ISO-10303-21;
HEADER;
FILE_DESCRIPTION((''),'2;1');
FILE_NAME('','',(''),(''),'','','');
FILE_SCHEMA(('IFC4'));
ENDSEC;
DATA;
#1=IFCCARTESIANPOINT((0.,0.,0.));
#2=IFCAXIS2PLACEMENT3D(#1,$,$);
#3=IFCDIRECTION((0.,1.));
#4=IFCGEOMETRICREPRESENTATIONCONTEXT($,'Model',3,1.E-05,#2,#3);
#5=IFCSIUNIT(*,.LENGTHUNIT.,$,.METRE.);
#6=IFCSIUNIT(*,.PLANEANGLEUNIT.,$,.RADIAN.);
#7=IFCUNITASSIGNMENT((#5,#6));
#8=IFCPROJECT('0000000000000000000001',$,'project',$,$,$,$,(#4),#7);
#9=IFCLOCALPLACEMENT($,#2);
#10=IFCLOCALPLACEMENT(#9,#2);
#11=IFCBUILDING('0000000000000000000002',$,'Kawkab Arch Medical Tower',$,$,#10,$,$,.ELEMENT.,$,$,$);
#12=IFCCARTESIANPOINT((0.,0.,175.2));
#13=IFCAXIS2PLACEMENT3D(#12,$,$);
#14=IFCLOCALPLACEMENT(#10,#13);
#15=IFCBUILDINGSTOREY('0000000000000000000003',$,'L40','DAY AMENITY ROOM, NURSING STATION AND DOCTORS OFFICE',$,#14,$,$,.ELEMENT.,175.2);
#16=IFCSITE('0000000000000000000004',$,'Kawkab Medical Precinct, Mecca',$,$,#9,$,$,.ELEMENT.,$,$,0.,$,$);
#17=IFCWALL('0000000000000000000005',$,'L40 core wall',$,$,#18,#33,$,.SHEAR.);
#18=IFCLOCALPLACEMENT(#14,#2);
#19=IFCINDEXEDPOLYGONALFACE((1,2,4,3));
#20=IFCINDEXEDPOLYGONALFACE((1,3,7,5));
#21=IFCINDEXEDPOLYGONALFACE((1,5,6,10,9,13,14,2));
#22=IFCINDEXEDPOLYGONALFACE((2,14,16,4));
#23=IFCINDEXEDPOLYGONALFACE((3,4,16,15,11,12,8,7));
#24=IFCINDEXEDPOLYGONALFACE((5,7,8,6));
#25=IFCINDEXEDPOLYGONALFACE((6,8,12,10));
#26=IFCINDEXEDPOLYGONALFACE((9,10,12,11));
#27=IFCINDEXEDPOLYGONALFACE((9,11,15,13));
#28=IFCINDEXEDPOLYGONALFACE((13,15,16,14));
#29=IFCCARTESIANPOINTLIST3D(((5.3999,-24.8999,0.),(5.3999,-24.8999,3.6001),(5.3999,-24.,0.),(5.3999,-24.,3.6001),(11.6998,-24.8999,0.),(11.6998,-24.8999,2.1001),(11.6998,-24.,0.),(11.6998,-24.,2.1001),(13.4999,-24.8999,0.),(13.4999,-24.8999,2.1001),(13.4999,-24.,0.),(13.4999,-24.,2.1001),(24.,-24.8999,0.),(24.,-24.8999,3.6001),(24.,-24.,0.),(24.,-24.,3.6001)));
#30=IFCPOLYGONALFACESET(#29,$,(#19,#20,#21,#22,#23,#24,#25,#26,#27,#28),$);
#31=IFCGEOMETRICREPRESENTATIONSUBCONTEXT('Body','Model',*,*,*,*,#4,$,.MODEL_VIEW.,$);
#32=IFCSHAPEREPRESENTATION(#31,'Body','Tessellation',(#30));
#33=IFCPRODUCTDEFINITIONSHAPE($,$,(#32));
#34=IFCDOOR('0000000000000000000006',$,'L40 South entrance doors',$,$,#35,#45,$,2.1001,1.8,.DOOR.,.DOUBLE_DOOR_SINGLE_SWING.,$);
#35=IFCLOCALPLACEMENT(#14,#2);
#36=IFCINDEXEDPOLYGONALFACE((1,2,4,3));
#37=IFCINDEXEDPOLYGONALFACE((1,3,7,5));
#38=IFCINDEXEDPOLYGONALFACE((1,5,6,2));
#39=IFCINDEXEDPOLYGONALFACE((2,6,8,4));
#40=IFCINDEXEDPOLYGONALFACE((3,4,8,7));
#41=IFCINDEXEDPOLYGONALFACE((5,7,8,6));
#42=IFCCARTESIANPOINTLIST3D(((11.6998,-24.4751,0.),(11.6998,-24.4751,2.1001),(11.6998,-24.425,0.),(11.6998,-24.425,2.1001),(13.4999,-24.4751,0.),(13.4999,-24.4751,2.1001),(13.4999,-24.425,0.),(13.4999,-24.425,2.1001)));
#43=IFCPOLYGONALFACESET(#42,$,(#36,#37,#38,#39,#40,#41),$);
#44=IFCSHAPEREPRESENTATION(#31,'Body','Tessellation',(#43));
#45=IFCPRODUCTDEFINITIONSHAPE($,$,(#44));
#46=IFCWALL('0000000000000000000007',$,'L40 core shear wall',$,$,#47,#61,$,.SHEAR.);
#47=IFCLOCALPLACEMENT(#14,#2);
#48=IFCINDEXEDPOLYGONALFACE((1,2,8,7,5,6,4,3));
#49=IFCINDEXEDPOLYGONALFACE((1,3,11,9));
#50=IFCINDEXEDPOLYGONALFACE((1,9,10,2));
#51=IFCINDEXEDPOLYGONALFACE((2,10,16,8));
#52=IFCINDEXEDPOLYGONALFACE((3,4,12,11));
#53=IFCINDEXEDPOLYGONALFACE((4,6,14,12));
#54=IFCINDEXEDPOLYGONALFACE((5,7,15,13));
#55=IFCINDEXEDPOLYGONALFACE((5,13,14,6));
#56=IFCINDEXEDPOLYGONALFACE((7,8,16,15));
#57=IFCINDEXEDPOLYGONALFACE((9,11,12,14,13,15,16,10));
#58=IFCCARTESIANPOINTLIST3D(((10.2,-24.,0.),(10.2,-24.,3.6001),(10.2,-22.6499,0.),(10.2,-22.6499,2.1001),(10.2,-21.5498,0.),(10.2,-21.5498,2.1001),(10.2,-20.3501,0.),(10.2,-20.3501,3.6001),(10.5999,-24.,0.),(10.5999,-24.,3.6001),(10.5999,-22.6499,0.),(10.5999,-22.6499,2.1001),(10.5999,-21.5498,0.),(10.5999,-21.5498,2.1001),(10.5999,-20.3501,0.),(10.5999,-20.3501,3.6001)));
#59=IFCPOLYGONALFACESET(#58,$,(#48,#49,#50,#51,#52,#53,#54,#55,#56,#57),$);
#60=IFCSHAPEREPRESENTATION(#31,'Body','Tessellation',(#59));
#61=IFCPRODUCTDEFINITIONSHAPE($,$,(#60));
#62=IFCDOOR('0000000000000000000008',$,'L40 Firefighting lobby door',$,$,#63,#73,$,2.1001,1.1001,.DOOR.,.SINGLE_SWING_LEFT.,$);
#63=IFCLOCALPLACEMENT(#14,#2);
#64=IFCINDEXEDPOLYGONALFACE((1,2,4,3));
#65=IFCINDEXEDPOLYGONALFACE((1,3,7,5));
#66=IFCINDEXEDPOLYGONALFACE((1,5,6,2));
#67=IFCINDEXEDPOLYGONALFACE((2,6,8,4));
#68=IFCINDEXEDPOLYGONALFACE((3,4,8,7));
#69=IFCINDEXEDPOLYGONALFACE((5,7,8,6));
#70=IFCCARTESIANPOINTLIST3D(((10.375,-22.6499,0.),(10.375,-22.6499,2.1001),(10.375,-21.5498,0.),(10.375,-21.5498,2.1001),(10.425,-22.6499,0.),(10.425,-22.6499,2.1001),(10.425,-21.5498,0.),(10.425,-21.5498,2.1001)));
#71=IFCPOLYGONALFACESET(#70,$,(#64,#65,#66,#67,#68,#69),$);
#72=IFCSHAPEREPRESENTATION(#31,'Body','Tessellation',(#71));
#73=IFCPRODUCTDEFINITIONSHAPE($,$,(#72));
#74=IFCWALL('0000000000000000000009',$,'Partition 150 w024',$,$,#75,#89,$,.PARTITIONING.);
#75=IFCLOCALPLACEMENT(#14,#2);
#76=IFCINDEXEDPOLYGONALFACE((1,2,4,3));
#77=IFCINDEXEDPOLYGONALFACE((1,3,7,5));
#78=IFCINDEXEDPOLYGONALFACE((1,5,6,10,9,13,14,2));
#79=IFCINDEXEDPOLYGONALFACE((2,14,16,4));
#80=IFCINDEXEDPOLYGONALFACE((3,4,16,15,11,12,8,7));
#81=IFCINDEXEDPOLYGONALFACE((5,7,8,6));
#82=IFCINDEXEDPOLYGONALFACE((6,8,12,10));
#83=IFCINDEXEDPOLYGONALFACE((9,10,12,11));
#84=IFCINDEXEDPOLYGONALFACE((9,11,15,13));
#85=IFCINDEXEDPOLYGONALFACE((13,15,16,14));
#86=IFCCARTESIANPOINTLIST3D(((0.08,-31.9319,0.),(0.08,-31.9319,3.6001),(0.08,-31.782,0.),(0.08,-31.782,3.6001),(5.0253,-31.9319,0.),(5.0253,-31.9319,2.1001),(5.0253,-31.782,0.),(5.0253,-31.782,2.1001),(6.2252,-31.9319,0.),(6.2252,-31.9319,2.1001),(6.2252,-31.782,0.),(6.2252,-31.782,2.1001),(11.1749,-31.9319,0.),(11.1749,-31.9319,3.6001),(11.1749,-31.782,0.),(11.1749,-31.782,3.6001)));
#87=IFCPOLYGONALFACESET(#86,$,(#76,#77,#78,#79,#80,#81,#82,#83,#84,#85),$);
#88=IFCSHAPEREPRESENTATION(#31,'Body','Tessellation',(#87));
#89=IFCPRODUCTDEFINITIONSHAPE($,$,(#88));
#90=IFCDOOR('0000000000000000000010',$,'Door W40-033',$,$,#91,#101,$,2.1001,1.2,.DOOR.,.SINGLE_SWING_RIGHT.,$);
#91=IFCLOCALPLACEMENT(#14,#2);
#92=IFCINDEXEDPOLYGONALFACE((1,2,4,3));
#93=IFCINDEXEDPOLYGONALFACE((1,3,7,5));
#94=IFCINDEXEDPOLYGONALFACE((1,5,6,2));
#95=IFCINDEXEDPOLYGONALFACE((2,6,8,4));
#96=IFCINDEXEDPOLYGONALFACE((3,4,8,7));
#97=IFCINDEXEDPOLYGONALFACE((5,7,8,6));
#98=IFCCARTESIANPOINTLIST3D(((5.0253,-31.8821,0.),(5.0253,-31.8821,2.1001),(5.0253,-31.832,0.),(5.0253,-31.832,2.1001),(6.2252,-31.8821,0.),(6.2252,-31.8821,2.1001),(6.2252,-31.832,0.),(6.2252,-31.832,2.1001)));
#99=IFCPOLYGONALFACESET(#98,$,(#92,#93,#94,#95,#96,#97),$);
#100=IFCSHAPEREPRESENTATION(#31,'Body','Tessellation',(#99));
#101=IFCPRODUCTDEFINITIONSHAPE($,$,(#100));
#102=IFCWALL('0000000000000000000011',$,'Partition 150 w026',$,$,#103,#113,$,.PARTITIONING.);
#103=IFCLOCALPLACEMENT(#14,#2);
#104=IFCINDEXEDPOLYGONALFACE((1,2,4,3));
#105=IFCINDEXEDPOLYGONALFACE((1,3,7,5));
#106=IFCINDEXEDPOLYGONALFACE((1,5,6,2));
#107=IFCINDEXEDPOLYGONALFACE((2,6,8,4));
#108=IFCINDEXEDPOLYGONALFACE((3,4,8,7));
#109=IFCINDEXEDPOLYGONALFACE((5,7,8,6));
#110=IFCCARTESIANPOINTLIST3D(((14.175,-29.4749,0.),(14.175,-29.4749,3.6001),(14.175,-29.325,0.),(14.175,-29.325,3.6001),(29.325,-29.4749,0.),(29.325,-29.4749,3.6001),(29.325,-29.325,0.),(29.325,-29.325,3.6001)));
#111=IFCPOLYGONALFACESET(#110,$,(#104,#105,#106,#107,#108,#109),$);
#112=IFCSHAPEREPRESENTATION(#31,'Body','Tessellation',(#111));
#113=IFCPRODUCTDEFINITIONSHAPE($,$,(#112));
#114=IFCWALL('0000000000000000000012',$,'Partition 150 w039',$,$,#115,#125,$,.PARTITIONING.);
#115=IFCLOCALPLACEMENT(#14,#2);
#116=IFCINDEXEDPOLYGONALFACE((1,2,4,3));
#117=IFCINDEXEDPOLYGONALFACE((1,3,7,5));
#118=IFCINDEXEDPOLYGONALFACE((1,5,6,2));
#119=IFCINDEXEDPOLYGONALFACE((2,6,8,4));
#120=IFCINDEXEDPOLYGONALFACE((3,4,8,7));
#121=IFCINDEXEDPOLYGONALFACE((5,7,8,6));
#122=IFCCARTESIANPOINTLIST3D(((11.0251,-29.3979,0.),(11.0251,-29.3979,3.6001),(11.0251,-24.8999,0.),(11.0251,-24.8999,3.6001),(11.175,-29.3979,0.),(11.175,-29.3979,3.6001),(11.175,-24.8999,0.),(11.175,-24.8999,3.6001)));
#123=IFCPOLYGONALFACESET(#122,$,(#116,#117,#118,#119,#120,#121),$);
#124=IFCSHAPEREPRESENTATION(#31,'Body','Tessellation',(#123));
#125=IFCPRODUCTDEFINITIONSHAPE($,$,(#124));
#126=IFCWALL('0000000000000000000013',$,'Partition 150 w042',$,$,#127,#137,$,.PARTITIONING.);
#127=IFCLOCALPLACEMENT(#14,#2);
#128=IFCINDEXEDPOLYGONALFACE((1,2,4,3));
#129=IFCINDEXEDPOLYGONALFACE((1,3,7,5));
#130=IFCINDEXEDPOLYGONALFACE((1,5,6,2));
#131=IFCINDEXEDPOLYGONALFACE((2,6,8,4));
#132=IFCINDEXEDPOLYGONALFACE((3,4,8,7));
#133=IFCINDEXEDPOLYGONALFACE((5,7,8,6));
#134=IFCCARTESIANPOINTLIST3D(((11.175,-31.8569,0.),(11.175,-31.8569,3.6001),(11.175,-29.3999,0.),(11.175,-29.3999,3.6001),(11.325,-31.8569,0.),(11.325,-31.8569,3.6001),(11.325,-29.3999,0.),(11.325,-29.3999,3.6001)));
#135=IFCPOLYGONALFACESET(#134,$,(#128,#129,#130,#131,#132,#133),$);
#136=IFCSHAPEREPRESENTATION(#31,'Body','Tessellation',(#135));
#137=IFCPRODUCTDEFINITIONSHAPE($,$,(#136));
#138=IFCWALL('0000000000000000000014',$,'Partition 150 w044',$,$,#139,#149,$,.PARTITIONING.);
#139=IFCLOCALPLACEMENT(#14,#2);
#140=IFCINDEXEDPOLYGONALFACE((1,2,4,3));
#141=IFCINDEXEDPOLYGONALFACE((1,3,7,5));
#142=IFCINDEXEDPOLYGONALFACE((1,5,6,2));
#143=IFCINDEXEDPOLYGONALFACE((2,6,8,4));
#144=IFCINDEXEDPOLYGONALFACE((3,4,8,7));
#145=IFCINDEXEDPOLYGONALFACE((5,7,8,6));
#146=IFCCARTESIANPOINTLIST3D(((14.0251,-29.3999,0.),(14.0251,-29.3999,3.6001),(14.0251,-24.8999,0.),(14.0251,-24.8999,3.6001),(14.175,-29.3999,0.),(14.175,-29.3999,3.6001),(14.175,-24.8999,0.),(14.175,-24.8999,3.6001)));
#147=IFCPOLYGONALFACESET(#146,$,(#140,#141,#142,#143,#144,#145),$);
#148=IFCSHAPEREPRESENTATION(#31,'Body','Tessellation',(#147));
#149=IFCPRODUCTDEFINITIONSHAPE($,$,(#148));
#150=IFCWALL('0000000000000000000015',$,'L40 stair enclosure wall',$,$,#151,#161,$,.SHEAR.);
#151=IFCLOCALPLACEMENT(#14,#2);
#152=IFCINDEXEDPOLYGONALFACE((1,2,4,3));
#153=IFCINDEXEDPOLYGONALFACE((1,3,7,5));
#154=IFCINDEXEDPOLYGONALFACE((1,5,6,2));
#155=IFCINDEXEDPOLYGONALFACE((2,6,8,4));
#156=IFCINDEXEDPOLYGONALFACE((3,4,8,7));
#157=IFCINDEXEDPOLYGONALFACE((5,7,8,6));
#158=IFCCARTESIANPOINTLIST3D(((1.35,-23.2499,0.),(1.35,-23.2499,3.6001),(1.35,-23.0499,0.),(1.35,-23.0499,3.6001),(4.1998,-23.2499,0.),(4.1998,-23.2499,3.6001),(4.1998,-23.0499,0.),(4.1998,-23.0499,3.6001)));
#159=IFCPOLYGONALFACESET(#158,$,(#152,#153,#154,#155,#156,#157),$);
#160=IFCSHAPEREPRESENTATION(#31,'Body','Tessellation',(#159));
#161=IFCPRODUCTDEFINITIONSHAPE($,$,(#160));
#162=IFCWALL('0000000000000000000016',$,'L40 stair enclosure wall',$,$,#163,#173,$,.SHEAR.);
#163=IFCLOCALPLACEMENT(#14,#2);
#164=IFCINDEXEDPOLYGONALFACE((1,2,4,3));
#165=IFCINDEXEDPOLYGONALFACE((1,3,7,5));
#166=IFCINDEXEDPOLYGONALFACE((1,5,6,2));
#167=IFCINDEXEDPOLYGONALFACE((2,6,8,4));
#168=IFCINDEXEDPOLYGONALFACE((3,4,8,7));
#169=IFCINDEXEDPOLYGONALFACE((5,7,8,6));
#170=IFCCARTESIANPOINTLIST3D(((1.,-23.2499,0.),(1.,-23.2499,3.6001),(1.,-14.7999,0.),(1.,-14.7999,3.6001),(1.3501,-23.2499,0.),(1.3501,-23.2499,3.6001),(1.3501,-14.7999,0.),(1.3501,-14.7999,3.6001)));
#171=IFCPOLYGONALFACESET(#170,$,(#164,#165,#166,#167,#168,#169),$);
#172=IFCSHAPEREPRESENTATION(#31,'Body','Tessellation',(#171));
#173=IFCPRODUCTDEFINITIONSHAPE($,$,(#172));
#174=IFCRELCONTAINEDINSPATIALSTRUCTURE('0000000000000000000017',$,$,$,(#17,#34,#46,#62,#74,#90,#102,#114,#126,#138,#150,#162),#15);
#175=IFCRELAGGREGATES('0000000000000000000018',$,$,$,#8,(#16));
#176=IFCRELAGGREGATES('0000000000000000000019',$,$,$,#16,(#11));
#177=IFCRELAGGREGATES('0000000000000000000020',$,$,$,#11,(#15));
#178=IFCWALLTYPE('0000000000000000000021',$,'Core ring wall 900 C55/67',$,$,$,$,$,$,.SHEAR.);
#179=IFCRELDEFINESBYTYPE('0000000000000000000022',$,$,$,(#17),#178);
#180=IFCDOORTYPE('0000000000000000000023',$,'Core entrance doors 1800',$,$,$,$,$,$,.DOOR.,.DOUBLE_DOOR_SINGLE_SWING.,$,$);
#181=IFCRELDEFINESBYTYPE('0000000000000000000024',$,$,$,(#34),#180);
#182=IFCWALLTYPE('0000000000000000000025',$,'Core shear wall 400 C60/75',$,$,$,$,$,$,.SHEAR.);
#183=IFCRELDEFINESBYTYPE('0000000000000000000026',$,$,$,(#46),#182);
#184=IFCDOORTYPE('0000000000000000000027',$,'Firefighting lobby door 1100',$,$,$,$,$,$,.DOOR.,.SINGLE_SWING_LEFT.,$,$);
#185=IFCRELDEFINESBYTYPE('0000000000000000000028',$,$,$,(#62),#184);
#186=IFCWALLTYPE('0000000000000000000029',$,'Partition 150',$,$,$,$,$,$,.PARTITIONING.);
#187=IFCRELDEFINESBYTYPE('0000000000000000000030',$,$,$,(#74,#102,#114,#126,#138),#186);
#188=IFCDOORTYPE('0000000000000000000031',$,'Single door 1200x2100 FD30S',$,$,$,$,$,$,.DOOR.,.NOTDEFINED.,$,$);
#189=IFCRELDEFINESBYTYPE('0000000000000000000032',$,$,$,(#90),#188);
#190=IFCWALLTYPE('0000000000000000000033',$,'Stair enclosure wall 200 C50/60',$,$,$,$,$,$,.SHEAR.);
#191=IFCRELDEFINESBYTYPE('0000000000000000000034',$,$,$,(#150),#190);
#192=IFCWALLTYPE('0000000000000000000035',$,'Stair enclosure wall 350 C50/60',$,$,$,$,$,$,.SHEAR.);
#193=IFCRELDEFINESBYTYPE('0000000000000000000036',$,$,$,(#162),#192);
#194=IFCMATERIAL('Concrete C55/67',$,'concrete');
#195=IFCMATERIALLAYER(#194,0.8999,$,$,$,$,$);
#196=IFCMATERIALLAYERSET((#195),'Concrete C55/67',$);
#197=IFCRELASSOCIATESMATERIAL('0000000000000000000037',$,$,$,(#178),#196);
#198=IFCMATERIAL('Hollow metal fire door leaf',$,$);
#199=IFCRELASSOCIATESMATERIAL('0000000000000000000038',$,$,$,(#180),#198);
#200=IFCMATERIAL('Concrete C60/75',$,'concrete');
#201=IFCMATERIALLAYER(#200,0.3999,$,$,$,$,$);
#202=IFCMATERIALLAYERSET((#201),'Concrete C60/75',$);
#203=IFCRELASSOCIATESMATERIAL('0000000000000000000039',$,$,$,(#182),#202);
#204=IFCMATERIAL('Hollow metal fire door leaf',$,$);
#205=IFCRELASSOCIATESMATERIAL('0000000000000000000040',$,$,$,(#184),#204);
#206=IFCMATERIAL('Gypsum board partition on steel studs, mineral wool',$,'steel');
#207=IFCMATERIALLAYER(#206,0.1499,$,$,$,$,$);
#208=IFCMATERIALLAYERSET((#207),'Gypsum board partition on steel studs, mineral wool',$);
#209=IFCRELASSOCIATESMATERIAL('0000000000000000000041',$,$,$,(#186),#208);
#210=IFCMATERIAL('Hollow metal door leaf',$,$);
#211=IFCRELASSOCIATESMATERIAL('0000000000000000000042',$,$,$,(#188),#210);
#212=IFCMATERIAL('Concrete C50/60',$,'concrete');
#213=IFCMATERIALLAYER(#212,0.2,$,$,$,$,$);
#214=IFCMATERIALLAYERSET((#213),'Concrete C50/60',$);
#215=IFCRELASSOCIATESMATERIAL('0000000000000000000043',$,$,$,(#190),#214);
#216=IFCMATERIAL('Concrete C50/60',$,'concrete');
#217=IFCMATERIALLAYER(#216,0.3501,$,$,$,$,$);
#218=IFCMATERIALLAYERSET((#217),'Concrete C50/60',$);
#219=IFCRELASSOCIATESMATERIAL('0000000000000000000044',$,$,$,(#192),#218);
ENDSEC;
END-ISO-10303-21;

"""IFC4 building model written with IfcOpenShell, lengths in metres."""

from ifc_helpers import new_model, si_unit, direction, frame, frame_2d, origin, place, context, subcontext, project, spatial, rectangle, extrude, material, layer, layer_set, type_object, element, fill, save


model = new_model("IFC4")

# Units and contexts
model_context = context("Model", 3, precision=1e-05, world=origin(), true_north=direction((0.0, 1.0)))
body_context = subcontext(model_context, "Body", "Model", "MODEL_VIEW")
ifc_project = project(units=[si_unit("LENGTHUNIT", "METRE"), si_unit("PLANEANGLEUNIT", "RADIAN")], contexts=[model_context])

# Site, building, storey
site_placement = place(None, origin())
site = spatial("IfcSite", under=ifc_project, at=site_placement, Name="Kawkab Medical Precinct, Mecca", CompositionType="ELEMENT", RefElevation=0.0)
building_placement = place(site_placement, origin())
building = spatial("IfcBuilding", under=site, at=building_placement, Name="Kawkab Arch Medical Tower", CompositionType="ELEMENT")
storey_placement = place(building_placement, frame((0.0, 0.0, 175.2)))
storey = spatial("IfcBuildingStorey", under=building, at=storey_placement, Name="L40", Description="DAY AMENITY ROOM, NURSING STATION AND DOCTORS OFFICE", CompositionType="ELEMENT", Elevation=175.2)

# Walls, openings, doors
ifc_material_1 = material(Name="Concrete C55/67", Category="concrete")
ifc_layer_1 = layer(ifc_material_1, 0.8999)
ifc_layer_set_1 = layer_set([ifc_layer_1], Name="Concrete C55/67")
wall_type_1 = type_object("IfcWallType", Name="Core ring wall 900 C55/67", PredefinedType="SHEAR", material=ifc_layer_set_1)
wall_1_placement = place(storey_placement, frame((5.3999, -24.45, 0.0), z_axis=(0.0, 0.0, 1.0), x_axis=(1.0, 0.0, 0.0)))
wall_1 = element("IfcWall", 1, at=wall_1_placement, inside=storey, type_object=wall_type_1, Name="L40 core wall", PredefinedType="SHEAR", context=body_context, shape_type="SweptSolid", body=[
    extrude(rectangle(XDim=18.6001, YDim=0.8999, at=frame_2d((9.3, 0.0))), origin(), (0.0, 0.0, 1.0), 3.6001),
])
opening_1_placement = place(wall_1_placement, frame((6.3, 0.0, 0.0)))
opening_1 = element("IfcOpeningElement", 2, at=opening_1_placement, cuts=wall_1, PredefinedType="OPENING", context=body_context, shape_type="SweptSolid", body=[
    extrude(rectangle(XDim=1.8, YDim=2.1001, at=frame_2d((0.8999, 1.05))), frame((0.0, 0.46, 0.0), z_axis=(0.0, -1.0, 0.0), x_axis=(1.0, 0.0, 0.0)), (0.0, 0.0, 1.0), 0.9199),
])
ifc_material_2 = material(Name="Hollow metal fire door leaf")
door_type_1 = type_object("IfcDoorType", Name="Core entrance doors 1800", OperationType="DOUBLE_DOOR_SINGLE_SWING", PredefinedType="DOOR", material=ifc_material_2)
door_1_placement = place(opening_1_placement, origin())
door_1 = element("IfcDoor", 3, at=door_1_placement, inside=storey, type_object=door_type_1, Name="L40 South entrance doors", OperationType="DOUBLE_DOOR_SINGLE_SWING", OverallHeight=2.1001, OverallWidth=1.8, PredefinedType="DOOR", context=body_context, shape_type="SweptSolid", body=[
    extrude(rectangle(XDim=1.8, YDim=2.1001, at=frame_2d((0.8999, 1.05))), frame((0.0, 0.0249, 0.0), z_axis=(0.0, -1.0, 0.0), x_axis=(1.0, 0.0, 0.0)), (0.0, 0.0, 1.0), 0.05),
])
fill(opening_1, door_1)
ifc_material_3 = material(Name="Concrete C60/75", Category="concrete")
ifc_layer_2 = layer(ifc_material_3, 0.3999)
ifc_layer_set_2 = layer_set([ifc_layer_2], Name="Concrete C60/75")
wall_type_2 = type_object("IfcWallType", Name="Core shear wall 400 C60/75", PredefinedType="SHEAR", material=ifc_layer_set_2)
wall_2_placement = place(storey_placement, frame((10.3999, -24.0, 0.0), z_axis=(0.0, 0.0, 1.0), x_axis=(0.0, 1.0, 0.0)))
wall_2 = element("IfcWall", 4, at=wall_2_placement, inside=storey, type_object=wall_type_2, Name="L40 core shear wall", PredefinedType="SHEAR", context=body_context, shape_type="SweptSolid", body=[
    extrude(rectangle(XDim=3.6499, YDim=0.3999, at=frame_2d((1.825, 0.0))), origin(), (0.0, 0.0, 1.0), 3.6001),
])
opening_2_placement = place(wall_2_placement, frame((1.3501, 0.0, 0.0)))
opening_2 = element("IfcOpeningElement", 5, at=opening_2_placement, cuts=wall_2, PredefinedType="OPENING", context=body_context, shape_type="SweptSolid", body=[
    extrude(rectangle(XDim=1.1001, YDim=2.1001, at=frame_2d((0.55, 1.05))), frame((0.0, 0.21, 0.0), z_axis=(0.0, -1.0, 0.0), x_axis=(1.0, 0.0, 0.0)), (0.0, 0.0, 1.0), 0.4199),
])
ifc_material_4 = material(Name="Hollow metal fire door leaf")
door_type_2 = type_object("IfcDoorType", Name="Firefighting lobby door 1100", OperationType="SINGLE_SWING_LEFT", PredefinedType="DOOR", material=ifc_material_4)
door_2_placement = place(opening_2_placement, origin())
door_2 = element("IfcDoor", 6, at=door_2_placement, inside=storey, type_object=door_type_2, Name="L40 Firefighting lobby door", OperationType="SINGLE_SWING_LEFT", OverallHeight=2.1001, OverallWidth=1.1001, PredefinedType="DOOR", context=body_context, shape_type="SweptSolid", body=[
    extrude(rectangle(XDim=1.1001, YDim=2.1001, at=frame_2d((0.55, 1.05))), frame((0.0, 0.0249, 0.0), z_axis=(0.0, -1.0, 0.0), x_axis=(1.0, 0.0, 0.0)), (0.0, 0.0, 1.0), 0.05),
])
fill(opening_2, door_2)
ifc_material_5 = material(Name="Gypsum board partition on steel studs, mineral wool", Category="steel")
ifc_layer_3 = layer(ifc_material_5, 0.1499)
ifc_layer_set_3 = layer_set([ifc_layer_3], Name="Gypsum board partition on steel studs, mineral wool")
wall_type_3 = type_object("IfcWallType", Name="Partition 150", PredefinedType="PARTITIONING", material=ifc_layer_set_3)
wall_3_placement = place(storey_placement, frame((0.0801, -31.8569, 0.0), z_axis=(0.0, 0.0, 1.0), x_axis=(1.0, 0.0, 0.0)))
wall_3 = element("IfcWall", 7, at=wall_3_placement, inside=storey, type_object=wall_type_3, Name="Partition 150 w024", PredefinedType="PARTITIONING", context=body_context, shape_type="SweptSolid", body=[
    extrude(rectangle(XDim=11.095, YDim=0.1499, at=frame_2d((5.5474, 0.0))), origin(), (0.0, 0.0, 1.0), 3.6001),
])
opening_3_placement = place(wall_3_placement, frame((4.9451, 0.0, 0.0)))
opening_3 = element("IfcOpeningElement", 8, at=opening_3_placement, cuts=wall_3, PredefinedType="OPENING", context=body_context, shape_type="SweptSolid", body=[
    extrude(rectangle(XDim=1.2, YDim=2.1001, at=frame_2d((0.6001, 1.05))), frame((0.0, 0.085, 0.0), z_axis=(0.0, -1.0, 0.0), x_axis=(1.0, 0.0, 0.0)), (0.0, 0.0, 1.0), 0.1699),
])
ifc_material_6 = material(Name="Hollow metal door leaf")
door_type_3 = type_object("IfcDoorType", Name="Single door 1200x2100 FD30S", OperationType="NOTDEFINED", PredefinedType="DOOR", material=ifc_material_6)
door_3_placement = place(opening_3_placement, origin())
door_3 = element("IfcDoor", 9, at=door_3_placement, inside=storey, type_object=door_type_3, Name="Door W40-033", OperationType="SINGLE_SWING_RIGHT", OverallHeight=2.1001, OverallWidth=1.2, PredefinedType="DOOR", context=body_context, shape_type="SweptSolid", body=[
    extrude(rectangle(XDim=1.2, YDim=2.1001, at=frame_2d((0.6001, 1.05))), frame((0.0, 0.0249, 0.0), z_axis=(0.0, -1.0, 0.0), x_axis=(1.0, 0.0, 0.0)), (0.0, 0.0, 1.0), 0.05),
])
fill(opening_3, door_3)

# Walls
wall_4_placement = place(storey_placement, frame((14.175, -29.3999, 0.0), z_axis=(0.0, 0.0, 1.0), x_axis=(1.0, 0.0, 0.0)))
element("IfcWall", 10, at=wall_4_placement, inside=storey, type_object=wall_type_3, Name="Partition 150 w026", PredefinedType="PARTITIONING", context=body_context, shape_type="SweptSolid", body=[
    extrude(rectangle(XDim=15.1499, YDim=0.1499, at=frame_2d((7.575, 0.0))), origin(), (0.0, 0.0, 1.0), 3.6001),
])
wall_5_placement = place(storey_placement, frame((11.1001, -29.3979, 0.0), z_axis=(0.0, 0.0, 1.0), x_axis=(0.0, 1.0, 0.0)))
element("IfcWall", 11, at=wall_5_placement, inside=storey, type_object=wall_type_3, Name="Partition 150 w039", PredefinedType="PARTITIONING", context=body_context, shape_type="SweptSolid", body=[
    extrude(rectangle(XDim=4.498, YDim=0.1499, at=frame_2d((2.249, 0.0))), origin(), (0.0, 0.0, 1.0), 3.6001),
])
wall_6_placement = place(storey_placement, frame((11.25, -31.8569, 0.0), z_axis=(0.0, 0.0, 1.0), x_axis=(0.0, 1.0, 0.0)))
element("IfcWall", 12, at=wall_6_placement, inside=storey, type_object=wall_type_3, Name="Partition 150 w042", PredefinedType="PARTITIONING", context=body_context, shape_type="SweptSolid", body=[
    extrude(rectangle(XDim=2.457, YDim=0.1499, at=frame_2d((1.2285, 0.0))), origin(), (0.0, 0.0, 1.0), 3.6001),
])
wall_7_placement = place(storey_placement, frame((14.1001, -29.3999, 0.0), z_axis=(0.0, 0.0, 1.0), x_axis=(0.0, 1.0, 0.0)))
element("IfcWall", 13, at=wall_7_placement, inside=storey, type_object=wall_type_3, Name="Partition 150 w044", PredefinedType="PARTITIONING", context=body_context, shape_type="SweptSolid", body=[
    extrude(rectangle(XDim=4.5, YDim=0.1499, at=frame_2d((2.25, 0.0))), origin(), (0.0, 0.0, 1.0), 3.6001),
])
ifc_material_7 = material(Name="Concrete C50/60", Category="concrete")
ifc_layer_4 = layer(ifc_material_7, 0.2)
ifc_layer_set_4 = layer_set([ifc_layer_4], Name="Concrete C50/60")
wall_type_4 = type_object("IfcWallType", Name="Stair enclosure wall 200 C50/60", PredefinedType="SHEAR", material=ifc_layer_set_4)
wall_8_placement = place(storey_placement, frame((1.3501, -23.1499, 0.0), z_axis=(0.0, 0.0, 1.0), x_axis=(1.0, 0.0, 0.0)))
element("IfcWall", 14, at=wall_8_placement, inside=storey, type_object=wall_type_4, Name="L40 stair enclosure wall", PredefinedType="SHEAR", context=body_context, shape_type="SweptSolid", body=[
    extrude(rectangle(XDim=2.8499, YDim=0.2, at=frame_2d((1.4248, 0.0))), origin(), (0.0, 0.0, 1.0), 3.6001),
])
ifc_material_8 = material(Name="Concrete C50/60", Category="concrete")
ifc_layer_5 = layer(ifc_material_8, 0.3501)
ifc_layer_set_5 = layer_set([ifc_layer_5], Name="Concrete C50/60")
wall_type_5 = type_object("IfcWallType", Name="Stair enclosure wall 350 C50/60", PredefinedType="SHEAR", material=ifc_layer_set_5)
wall_9_placement = place(storey_placement, frame((1.175, -23.25, 0.0), z_axis=(0.0, 0.0, 1.0), x_axis=(0.0, 1.0, 0.0)))
element("IfcWall", 15, at=wall_9_placement, inside=storey, type_object=wall_type_5, Name="L40 stair enclosure wall", PredefinedType="SHEAR", context=body_context, shape_type="SweptSolid", body=[
    extrude(rectangle(XDim=8.45, YDim=0.3501, at=frame_2d((4.2251, 0.0))), origin(), (0.0, 0.0, 1.0), 3.6001),
])

save(model, "model.ifc")
